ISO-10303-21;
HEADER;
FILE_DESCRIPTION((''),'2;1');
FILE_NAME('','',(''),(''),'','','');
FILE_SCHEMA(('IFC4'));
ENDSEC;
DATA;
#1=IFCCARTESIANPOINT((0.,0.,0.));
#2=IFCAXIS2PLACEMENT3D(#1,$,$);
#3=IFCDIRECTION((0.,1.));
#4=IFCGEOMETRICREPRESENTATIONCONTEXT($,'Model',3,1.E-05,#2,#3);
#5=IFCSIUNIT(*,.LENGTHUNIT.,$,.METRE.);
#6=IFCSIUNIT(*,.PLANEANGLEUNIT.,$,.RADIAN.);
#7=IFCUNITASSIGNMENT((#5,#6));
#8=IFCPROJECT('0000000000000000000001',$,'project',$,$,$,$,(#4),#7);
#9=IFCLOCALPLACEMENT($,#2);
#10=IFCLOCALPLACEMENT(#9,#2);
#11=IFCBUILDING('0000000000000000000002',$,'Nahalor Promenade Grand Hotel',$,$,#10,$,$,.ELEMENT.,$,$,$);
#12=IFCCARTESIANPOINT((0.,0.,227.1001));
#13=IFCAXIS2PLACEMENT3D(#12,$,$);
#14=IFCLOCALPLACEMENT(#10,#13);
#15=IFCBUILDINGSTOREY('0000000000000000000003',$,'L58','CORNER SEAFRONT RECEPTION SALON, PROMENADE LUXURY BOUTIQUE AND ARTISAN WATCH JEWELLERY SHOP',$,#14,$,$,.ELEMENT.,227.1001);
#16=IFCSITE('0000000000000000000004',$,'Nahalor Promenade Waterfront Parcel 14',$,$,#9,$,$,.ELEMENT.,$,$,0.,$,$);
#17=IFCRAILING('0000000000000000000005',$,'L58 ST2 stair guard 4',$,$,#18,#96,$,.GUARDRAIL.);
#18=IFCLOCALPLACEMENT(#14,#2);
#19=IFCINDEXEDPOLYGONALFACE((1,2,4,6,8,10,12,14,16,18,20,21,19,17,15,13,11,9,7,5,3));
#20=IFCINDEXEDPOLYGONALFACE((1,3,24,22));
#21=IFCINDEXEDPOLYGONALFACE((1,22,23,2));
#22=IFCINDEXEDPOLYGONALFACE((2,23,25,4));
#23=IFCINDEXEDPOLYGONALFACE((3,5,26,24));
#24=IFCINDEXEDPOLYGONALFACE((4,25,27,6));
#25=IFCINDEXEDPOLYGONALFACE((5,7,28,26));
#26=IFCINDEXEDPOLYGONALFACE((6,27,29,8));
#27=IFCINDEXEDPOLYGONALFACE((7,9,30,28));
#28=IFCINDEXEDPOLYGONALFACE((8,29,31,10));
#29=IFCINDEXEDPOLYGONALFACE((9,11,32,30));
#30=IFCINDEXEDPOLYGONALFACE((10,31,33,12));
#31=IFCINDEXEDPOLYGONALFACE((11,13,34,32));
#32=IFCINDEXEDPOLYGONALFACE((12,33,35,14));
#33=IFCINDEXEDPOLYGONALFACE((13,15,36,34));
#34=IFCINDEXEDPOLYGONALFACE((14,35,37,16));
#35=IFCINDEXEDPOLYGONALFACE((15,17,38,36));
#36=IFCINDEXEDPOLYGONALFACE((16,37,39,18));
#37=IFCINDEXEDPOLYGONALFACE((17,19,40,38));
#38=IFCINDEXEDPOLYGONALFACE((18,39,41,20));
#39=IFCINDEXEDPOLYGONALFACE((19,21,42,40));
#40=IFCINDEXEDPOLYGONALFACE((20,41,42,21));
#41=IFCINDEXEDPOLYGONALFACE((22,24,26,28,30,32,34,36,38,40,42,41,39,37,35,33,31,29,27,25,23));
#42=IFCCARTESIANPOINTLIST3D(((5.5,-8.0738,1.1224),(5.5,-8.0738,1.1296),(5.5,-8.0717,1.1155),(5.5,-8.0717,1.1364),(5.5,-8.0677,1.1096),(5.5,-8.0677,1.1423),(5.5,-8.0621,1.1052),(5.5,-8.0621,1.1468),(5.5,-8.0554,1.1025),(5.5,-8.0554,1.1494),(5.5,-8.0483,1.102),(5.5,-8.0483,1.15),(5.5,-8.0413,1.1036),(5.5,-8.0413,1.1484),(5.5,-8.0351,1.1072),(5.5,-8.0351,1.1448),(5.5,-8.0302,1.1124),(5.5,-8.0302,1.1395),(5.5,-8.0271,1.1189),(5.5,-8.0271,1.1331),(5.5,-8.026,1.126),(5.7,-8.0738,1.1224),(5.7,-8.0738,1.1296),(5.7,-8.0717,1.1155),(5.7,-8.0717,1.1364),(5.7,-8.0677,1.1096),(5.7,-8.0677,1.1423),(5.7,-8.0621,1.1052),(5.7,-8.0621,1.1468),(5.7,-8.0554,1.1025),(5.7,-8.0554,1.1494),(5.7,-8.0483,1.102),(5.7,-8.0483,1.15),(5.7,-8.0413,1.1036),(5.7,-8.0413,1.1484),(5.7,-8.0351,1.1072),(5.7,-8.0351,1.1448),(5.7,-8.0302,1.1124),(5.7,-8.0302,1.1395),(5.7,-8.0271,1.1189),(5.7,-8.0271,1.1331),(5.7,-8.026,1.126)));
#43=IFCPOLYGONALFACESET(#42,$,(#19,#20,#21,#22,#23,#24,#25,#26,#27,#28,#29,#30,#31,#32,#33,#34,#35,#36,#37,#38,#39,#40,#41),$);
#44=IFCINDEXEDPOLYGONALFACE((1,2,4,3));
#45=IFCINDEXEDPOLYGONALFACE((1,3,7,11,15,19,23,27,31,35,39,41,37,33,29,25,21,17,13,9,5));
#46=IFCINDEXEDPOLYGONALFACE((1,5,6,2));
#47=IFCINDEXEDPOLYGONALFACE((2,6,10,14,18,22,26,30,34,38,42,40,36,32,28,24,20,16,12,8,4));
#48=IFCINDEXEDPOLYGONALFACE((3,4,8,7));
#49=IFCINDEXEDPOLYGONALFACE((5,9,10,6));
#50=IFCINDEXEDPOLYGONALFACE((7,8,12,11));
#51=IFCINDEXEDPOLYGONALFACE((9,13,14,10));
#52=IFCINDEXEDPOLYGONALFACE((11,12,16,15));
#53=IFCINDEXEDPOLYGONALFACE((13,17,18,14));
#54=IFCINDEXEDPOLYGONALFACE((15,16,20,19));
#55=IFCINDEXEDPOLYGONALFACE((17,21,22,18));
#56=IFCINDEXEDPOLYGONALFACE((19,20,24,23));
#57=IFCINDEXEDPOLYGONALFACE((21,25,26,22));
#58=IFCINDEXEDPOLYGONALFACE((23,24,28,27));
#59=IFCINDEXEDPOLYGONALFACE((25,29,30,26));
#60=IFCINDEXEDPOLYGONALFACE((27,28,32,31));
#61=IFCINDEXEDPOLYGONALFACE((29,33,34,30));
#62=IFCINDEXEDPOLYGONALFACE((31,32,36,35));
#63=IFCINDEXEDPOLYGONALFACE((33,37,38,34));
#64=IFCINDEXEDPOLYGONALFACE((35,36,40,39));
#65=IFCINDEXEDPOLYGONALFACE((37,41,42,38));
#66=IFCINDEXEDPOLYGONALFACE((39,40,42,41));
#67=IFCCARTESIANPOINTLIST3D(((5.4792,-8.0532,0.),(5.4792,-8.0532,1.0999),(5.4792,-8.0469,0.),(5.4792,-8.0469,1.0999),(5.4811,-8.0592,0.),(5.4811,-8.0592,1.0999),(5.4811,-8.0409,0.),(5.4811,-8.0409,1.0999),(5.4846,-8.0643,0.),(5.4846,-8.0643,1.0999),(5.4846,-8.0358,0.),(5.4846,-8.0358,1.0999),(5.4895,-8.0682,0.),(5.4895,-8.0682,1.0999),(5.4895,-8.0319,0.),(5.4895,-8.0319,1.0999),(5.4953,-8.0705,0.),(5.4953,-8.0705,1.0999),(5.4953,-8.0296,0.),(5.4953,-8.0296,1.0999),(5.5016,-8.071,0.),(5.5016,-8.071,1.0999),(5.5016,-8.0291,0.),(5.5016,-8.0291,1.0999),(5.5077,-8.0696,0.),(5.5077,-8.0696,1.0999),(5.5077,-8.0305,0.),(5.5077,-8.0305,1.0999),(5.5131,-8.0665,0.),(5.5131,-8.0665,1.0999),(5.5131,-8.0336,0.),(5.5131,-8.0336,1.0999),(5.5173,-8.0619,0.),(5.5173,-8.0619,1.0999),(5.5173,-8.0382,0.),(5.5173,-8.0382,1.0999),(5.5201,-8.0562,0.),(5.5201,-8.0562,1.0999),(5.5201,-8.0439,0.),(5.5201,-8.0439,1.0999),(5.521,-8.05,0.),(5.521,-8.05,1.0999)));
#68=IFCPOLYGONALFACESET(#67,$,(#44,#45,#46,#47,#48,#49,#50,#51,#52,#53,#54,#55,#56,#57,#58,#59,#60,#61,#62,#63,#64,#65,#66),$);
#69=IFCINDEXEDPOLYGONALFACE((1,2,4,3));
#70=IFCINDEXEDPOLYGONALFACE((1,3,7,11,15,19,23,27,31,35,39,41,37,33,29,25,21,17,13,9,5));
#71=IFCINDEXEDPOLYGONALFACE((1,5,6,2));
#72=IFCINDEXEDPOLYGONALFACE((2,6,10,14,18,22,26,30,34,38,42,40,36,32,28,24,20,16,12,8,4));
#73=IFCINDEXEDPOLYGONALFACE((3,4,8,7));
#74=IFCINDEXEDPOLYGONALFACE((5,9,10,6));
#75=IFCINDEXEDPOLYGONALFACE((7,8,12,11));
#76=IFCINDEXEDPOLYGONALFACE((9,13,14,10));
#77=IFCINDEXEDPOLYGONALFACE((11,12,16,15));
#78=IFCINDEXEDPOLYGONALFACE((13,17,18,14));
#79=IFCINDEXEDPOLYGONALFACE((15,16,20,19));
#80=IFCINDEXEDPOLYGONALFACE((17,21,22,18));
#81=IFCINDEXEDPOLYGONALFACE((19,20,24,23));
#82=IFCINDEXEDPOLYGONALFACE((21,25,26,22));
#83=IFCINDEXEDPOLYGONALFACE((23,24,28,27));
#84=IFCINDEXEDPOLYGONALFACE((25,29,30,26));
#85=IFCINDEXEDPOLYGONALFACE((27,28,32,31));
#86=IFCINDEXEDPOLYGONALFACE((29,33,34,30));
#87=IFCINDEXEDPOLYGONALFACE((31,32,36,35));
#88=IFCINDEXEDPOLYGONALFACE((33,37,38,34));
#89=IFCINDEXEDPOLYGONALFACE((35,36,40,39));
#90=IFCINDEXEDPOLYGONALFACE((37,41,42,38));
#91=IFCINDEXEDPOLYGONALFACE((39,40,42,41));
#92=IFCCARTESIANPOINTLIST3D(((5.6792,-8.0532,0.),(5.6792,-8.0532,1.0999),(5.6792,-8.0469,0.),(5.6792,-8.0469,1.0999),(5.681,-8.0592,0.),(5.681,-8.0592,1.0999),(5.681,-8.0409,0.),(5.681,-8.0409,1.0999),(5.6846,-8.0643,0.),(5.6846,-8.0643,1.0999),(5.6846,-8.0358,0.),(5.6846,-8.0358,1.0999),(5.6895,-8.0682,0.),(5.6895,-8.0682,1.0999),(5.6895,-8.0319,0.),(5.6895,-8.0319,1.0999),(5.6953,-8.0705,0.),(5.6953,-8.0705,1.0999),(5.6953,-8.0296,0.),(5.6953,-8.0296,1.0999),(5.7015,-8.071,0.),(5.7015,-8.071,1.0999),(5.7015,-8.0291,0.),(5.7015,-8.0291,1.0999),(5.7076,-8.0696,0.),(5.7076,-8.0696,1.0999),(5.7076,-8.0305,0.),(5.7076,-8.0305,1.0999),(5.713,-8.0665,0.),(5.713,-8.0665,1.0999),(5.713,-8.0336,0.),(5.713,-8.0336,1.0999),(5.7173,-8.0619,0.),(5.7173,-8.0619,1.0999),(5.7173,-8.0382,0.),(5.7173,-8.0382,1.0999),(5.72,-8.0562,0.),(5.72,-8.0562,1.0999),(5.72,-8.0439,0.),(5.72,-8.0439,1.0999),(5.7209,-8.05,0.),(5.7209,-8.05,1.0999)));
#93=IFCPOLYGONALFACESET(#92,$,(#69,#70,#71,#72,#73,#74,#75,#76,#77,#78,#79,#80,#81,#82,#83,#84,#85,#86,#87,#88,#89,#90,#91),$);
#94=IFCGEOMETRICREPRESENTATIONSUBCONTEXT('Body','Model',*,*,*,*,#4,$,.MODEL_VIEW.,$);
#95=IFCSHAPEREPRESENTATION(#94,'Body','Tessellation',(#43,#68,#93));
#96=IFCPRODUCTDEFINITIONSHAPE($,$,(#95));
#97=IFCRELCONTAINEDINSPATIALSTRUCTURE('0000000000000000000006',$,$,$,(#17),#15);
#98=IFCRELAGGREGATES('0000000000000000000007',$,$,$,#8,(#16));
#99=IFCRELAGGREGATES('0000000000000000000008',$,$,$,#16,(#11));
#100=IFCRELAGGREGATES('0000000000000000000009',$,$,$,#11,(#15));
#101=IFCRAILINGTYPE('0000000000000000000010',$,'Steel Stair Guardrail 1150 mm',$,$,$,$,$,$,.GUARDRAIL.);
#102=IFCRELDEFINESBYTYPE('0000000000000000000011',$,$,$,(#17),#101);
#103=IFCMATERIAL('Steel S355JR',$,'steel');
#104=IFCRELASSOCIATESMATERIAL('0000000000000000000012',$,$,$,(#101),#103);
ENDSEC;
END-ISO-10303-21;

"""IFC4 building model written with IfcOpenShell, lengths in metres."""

from ifc_helpers import new_model, si_unit, direction, frame, origin, origin_2d, place, context, subcontext, project, spatial, circle, extrude, material, type_object, element, save


model = new_model("IFC4")

# Units and contexts
model_context = context("Model", 3, precision=1e-05, world=origin(), true_north=direction((0.0, 1.0)))
body_context = subcontext(model_context, "Body", "Model", "MODEL_VIEW")
ifc_project = project(units=[si_unit("LENGTHUNIT", "METRE"), si_unit("PLANEANGLEUNIT", "RADIAN")], contexts=[model_context])

# Site, building, storey
site_placement = place(None, origin())
site = spatial("IfcSite", under=ifc_project, at=site_placement, Name="Nahalor Promenade Waterfront Parcel 14", CompositionType="ELEMENT", RefElevation=0.0)
building_placement = place(site_placement, origin())
building = spatial("IfcBuilding", under=site, at=building_placement, Name="Nahalor Promenade Grand Hotel", CompositionType="ELEMENT")
storey_placement = place(building_placement, frame((0.0, 0.0, 227.1001)))
storey = spatial("IfcBuildingStorey", under=building, at=storey_placement, Name="L58", Description="CORNER SEAFRONT RECEPTION SALON, PROMENADE LUXURY BOUTIQUE AND ARTISAN WATCH JEWELLERY SHOP", CompositionType="ELEMENT", Elevation=227.1001)

# Shared definitions
ifc_material_1 = material(Name="Steel S355JR", Category="steel")

# Railing
railing_type_1 = type_object("IfcRailingType", Name="Steel Stair Guardrail 1150 mm", PredefinedType="GUARDRAIL", material=ifc_material_1)
railing_1_placement = place(storey_placement, frame((5.5, -8.05, 0.0)))
element("IfcRailing", 1, at=railing_1_placement, inside=storey, type_object=railing_type_1, Name="L58 ST2 stair guard 4", PredefinedType="GUARDRAIL", context=body_context, shape_type="SweptSolid", body=[
    extrude(circle(Radius=0.024, at=origin_2d()), frame((0.0, 0.0, 1.126), z_axis=(1.0, 0.0, 0.0), x_axis=(0.0, 1.0, 0.0)), (0.0, 0.0, 1.0), 0.2),
    extrude(circle(Radius=0.021, at=origin_2d()), origin(), (0.0, 0.0, 1.0), 1.0999),
    extrude(circle(Radius=0.021, at=origin_2d()), frame((0.2, 0.0, 0.0)), (0.0, 0.0, 1.0), 1.0999),
])

save(model, "model.ifc")
